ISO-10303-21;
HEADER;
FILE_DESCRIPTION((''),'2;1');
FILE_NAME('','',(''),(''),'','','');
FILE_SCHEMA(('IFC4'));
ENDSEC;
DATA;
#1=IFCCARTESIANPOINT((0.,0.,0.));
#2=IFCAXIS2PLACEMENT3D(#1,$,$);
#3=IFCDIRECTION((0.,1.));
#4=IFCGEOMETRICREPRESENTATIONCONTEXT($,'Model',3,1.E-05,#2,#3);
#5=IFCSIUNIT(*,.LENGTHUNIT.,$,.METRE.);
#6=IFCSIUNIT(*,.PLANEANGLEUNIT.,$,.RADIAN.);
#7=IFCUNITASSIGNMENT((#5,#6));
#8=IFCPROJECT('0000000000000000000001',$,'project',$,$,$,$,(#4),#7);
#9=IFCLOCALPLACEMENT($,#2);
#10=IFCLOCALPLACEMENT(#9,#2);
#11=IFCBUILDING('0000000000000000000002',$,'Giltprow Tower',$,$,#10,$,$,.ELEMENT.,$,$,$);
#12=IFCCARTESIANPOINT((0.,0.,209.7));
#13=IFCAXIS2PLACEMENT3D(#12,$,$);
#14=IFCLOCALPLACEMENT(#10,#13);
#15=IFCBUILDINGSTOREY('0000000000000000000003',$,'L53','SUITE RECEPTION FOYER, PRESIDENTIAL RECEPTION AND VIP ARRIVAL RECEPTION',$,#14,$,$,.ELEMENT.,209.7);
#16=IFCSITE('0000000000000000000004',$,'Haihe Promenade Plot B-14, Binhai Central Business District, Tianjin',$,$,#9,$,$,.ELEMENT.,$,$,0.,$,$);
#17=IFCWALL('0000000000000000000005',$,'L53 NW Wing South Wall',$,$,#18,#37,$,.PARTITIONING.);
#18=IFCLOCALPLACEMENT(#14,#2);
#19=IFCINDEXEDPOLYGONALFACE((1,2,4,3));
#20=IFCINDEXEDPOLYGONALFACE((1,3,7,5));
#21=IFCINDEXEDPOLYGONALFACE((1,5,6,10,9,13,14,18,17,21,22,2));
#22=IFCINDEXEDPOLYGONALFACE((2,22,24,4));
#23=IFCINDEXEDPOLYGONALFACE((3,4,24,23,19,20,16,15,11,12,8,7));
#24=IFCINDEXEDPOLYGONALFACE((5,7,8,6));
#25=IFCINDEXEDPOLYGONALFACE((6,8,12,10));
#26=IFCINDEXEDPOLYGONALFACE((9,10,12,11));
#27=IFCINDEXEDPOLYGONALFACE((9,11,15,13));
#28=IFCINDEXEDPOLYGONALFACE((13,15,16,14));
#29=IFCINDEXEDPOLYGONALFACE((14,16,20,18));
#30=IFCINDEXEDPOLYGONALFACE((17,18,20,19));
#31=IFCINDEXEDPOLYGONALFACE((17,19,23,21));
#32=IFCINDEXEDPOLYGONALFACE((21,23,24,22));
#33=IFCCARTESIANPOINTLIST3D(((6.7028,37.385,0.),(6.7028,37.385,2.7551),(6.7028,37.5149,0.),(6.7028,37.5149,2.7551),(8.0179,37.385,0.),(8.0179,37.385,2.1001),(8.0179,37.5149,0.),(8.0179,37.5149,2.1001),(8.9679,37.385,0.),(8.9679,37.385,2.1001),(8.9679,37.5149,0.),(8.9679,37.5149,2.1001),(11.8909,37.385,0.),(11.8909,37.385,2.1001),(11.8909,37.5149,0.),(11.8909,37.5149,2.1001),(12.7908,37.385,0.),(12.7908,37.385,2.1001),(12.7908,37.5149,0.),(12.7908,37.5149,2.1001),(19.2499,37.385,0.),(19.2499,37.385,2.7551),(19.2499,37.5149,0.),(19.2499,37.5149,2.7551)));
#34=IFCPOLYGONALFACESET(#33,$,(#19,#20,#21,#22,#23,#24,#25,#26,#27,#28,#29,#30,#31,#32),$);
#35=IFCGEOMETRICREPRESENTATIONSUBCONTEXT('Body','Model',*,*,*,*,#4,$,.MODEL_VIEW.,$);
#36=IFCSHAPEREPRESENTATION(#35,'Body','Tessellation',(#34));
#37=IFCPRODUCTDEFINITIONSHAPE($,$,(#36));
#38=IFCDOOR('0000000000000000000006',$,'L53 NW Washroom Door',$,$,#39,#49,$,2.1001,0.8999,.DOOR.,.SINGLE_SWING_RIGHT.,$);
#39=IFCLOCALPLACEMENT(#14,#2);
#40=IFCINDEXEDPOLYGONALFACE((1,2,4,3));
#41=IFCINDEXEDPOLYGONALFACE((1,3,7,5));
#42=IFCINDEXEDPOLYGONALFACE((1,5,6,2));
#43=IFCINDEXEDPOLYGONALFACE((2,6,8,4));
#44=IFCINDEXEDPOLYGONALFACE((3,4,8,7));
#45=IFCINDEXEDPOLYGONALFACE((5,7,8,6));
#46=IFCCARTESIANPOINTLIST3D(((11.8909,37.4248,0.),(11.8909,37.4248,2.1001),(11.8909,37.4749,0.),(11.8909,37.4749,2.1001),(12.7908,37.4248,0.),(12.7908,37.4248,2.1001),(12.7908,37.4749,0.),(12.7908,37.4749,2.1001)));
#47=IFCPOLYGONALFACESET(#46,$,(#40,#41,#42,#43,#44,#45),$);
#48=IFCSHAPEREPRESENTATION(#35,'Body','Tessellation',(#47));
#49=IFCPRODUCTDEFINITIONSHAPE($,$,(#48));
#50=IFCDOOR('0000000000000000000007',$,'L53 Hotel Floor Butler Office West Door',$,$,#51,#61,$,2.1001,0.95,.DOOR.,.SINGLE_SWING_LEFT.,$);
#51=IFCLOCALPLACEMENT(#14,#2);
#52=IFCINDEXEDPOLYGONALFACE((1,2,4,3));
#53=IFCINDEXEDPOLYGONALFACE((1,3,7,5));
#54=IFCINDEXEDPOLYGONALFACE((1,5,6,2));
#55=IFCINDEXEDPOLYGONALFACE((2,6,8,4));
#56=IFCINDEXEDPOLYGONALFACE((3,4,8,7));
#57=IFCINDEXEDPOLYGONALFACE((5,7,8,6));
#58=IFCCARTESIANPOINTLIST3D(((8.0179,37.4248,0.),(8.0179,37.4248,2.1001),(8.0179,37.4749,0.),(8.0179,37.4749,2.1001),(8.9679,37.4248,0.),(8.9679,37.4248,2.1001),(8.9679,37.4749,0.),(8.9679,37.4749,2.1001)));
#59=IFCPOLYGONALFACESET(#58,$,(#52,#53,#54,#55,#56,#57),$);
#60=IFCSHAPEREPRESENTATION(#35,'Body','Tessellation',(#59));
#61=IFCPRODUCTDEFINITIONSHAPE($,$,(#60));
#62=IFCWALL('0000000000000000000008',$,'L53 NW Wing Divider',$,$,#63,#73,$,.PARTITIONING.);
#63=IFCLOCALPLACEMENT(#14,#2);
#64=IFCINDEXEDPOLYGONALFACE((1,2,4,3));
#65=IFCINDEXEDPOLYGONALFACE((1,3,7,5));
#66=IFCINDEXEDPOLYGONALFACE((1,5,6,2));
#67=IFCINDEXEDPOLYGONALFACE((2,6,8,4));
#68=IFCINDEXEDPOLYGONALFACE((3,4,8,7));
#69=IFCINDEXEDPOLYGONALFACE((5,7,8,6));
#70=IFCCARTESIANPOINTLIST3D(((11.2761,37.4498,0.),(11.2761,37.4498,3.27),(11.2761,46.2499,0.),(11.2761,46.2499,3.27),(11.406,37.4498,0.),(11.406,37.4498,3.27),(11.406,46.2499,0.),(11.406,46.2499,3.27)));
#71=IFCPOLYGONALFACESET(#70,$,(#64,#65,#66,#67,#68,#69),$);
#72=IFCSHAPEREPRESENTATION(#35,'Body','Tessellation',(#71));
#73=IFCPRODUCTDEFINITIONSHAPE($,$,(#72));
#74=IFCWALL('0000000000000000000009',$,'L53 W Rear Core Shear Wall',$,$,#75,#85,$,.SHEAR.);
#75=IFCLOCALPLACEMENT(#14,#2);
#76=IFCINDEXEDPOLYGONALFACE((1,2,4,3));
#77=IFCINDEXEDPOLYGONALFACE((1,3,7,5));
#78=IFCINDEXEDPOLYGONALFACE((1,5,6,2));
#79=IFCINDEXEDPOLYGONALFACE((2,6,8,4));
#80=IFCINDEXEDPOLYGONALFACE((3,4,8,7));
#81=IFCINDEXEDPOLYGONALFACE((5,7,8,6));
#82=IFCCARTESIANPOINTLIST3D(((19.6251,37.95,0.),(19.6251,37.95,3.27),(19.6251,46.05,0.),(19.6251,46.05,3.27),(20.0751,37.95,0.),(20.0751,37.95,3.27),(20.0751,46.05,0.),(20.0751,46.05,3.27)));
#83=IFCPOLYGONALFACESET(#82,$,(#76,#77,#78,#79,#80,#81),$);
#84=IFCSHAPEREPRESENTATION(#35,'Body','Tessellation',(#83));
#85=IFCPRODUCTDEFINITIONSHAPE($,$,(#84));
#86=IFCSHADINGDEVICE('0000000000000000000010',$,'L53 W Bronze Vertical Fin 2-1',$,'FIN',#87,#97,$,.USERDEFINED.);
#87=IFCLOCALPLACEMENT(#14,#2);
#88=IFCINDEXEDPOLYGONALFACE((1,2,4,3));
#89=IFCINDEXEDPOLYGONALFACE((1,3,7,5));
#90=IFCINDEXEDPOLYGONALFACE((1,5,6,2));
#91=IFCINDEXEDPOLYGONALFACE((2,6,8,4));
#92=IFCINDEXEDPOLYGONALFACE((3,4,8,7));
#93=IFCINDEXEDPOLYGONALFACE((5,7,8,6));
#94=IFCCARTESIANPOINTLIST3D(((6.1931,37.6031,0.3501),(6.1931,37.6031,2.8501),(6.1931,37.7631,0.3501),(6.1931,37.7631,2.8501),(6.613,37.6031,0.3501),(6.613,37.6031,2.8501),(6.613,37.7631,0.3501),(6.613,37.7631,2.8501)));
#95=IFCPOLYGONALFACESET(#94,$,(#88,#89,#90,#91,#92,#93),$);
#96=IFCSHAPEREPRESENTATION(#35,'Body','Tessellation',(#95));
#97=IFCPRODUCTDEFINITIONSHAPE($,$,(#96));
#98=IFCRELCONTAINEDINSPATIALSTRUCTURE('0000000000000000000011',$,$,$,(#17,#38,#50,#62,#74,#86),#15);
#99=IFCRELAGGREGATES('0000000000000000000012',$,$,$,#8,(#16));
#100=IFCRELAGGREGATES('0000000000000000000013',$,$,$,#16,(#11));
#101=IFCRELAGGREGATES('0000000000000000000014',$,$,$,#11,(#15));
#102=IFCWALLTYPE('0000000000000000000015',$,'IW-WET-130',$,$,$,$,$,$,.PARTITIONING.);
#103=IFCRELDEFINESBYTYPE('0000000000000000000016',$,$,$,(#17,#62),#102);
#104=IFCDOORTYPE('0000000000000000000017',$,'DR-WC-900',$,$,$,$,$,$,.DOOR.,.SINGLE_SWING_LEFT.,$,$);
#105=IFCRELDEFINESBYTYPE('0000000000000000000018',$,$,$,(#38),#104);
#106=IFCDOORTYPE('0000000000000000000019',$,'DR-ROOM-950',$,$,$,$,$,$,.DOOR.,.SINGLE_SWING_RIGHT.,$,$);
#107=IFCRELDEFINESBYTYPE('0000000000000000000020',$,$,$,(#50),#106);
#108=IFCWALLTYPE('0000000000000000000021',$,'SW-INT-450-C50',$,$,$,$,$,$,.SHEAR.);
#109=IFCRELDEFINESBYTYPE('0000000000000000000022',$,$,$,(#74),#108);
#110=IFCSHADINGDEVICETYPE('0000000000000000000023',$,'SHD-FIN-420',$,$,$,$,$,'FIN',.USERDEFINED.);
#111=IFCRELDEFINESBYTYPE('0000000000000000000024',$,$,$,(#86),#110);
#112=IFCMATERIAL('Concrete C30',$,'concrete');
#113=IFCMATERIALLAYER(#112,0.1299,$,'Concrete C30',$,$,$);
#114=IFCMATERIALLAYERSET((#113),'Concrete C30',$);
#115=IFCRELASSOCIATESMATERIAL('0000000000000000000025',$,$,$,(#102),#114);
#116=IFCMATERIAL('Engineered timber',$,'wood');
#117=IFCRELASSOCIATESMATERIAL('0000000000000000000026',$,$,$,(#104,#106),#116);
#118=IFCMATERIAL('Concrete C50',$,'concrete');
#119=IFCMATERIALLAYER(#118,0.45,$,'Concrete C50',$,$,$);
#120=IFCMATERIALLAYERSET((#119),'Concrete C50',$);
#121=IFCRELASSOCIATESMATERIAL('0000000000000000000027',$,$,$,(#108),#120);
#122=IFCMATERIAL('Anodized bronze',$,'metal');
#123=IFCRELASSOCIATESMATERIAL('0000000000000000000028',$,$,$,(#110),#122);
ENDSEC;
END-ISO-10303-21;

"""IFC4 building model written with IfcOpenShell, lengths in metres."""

from ifc_helpers import new_model, si_unit, direction, frame, frame_2d, origin, origin_2d, place, context, subcontext, project, spatial, rectangle, extrude, source, transform, mapped, material, layer, layer_set, type_object, element, fill, save


model = new_model("IFC4")

# Units and contexts
model_context = context("Model", 3, precision=1e-05, world=origin(), true_north=direction((0.0, 1.0)))
body_context = subcontext(model_context, "Body", "Model", "MODEL_VIEW")
ifc_project = project(units=[si_unit("LENGTHUNIT", "METRE"), si_unit("PLANEANGLEUNIT", "RADIAN")], contexts=[model_context])

# Site, building, storey
site_placement = place(None, origin())
site = spatial("IfcSite", under=ifc_project, at=site_placement, Name="Haihe Promenade Plot B-14, Binhai Central Business District, Tianjin", CompositionType="ELEMENT", RefElevation=0.0)
building_placement = place(site_placement, origin())
building = spatial("IfcBuilding", under=site, at=building_placement, Name="Giltprow Tower", CompositionType="ELEMENT")
storey_placement = place(building_placement, frame((0.0, 0.0, 209.7)))
storey = spatial("IfcBuildingStorey", under=building, at=storey_placement, Name="L53", Description="SUITE RECEPTION FOYER, PRESIDENTIAL RECEPTION AND VIP ARRIVAL RECEPTION", CompositionType="ELEMENT", Elevation=209.7)

# Shared definitions
ifc_material_1 = material(Name="Concrete C50", Category="concrete")

# Shared definitions
ifc_material_2 = material(Name="Engineered timber", Category="wood")

# Wall, openings, doors
ifc_material_3 = material(Name="Concrete C30", Category="concrete")
ifc_layer_1 = layer(ifc_material_3, 0.1299, Name="Concrete C30")
ifc_layer_set_1 = layer_set([ifc_layer_1], Name="Concrete C30")
wall_type_1 = type_object("IfcWallType", Name="IW-WET-130", PredefinedType="PARTITIONING", material=ifc_layer_set_1)
wall_1_placement = place(storey_placement, frame((6.7029, 37.45, 0.0), z_axis=(0.0, 0.0, 1.0), x_axis=(1.0, 0.0, 0.0)))
wall_1 = element("IfcWall", 1, at=wall_1_placement, inside=storey, type_object=wall_type_1, Name="L53 NW Wing South Wall", PredefinedType="PARTITIONING", context=body_context, shape_type="SweptSolid", body=[
    extrude(rectangle(XDim=12.5471, YDim=0.1299, at=frame_2d((6.2734, 0.0))), origin(), (0.0, 0.0, 1.0), 2.7551),
])
opening_1_placement = place(wall_1_placement, frame((1.3149, 0.0, 0.0)))
opening_1 = element("IfcOpeningElement", 2, at=opening_1_placement, cuts=wall_1, PredefinedType="OPENING", context=body_context, shape_type="SweptSolid", body=[
    extrude(rectangle(XDim=0.95, YDim=2.1001, at=frame_2d((0.4751, 1.05))), frame((0.0, 0.075, 0.0), z_axis=(0.0, -1.0, 0.0), x_axis=(1.0, 0.0, 0.0)), (0.0, 0.0, 1.0), 0.1499),
])
opening_2_placement = place(wall_1_placement, frame((5.188, 0.0, 0.0)))
opening_2 = element("IfcOpeningElement", 3, at=opening_2_placement, cuts=wall_1, PredefinedType="OPENING", context=body_context, shape_type="SweptSolid", body=[
    extrude(rectangle(XDim=0.8999, YDim=2.1001, at=frame_2d((0.45, 1.05))), frame((0.0, 0.075, 0.0), z_axis=(0.0, -1.0, 0.0), x_axis=(1.0, 0.0, 0.0)), (0.0, 0.0, 1.0), 0.1499),
])
door_type_1 = type_object("IfcDoorType", Name="DR-WC-900", OperationType="SINGLE_SWING_LEFT", PredefinedType="DOOR", material=ifc_material_2)
shared_shape_1 = source(origin(), body_context, "Body", "SweptSolid", [
    extrude(rectangle(XDim=0.8999, YDim=2.1001, at=frame_2d((0.45, 1.05))), frame((0.0, 0.0249, 0.0), z_axis=(0.0, -1.0, 0.0), x_axis=(1.0, 0.0, 0.0)), (0.0, 0.0, 1.0), 0.05),
])
door_1_placement = place(opening_2_placement, origin())
door_1 = element("IfcDoor", 4, at=door_1_placement, inside=storey, type_object=door_type_1, Name="L53 NW Washroom Door", OperationType="SINGLE_SWING_RIGHT", OverallHeight=2.1001, OverallWidth=0.8999, PredefinedType="DOOR", context=body_context, shape_type="MappedRepresentation", body=[
    mapped(shared_shape_1, transform((0.0, 0.0, 0.0), x_axis=(1.0, 0.0, 0.0), y_axis=(0.0, 1.0, 0.0), z_axis=(0.0, 0.0, 1.0), scale=1.0)),
])
fill(opening_2, door_1)
door_type_2 = type_object("IfcDoorType", Name="DR-ROOM-950", OperationType="SINGLE_SWING_RIGHT", PredefinedType="DOOR", material=ifc_material_2)
shared_shape_2 = source(origin(), body_context, "Body", "SweptSolid", [
    extrude(rectangle(XDim=0.95, YDim=2.1001, at=frame_2d((0.4751, 1.05))), frame((0.0, 0.0249, 0.0), z_axis=(0.0, -1.0, 0.0), x_axis=(1.0, 0.0, 0.0)), (0.0, 0.0, 1.0), 0.05),
])
door_2_placement = place(opening_1_placement, origin())
door_2 = element("IfcDoor", 5, at=door_2_placement, inside=storey, type_object=door_type_2, Name="L53 Hotel Floor Butler Office West Door", OperationType="SINGLE_SWING_LEFT", OverallHeight=2.1001, OverallWidth=0.95, PredefinedType="DOOR", context=body_context, shape_type="MappedRepresentation", body=[
    mapped(shared_shape_2, transform((0.0, 0.0, 0.0), x_axis=(1.0, 0.0, 0.0), y_axis=(0.0, 1.0, 0.0), z_axis=(0.0, 0.0, 1.0), scale=1.0)),
])
fill(opening_1, door_2)

# Walls
wall_2_placement = place(storey_placement, frame((11.3411, 37.45, 0.0), z_axis=(0.0, 0.0, 1.0), x_axis=(0.0, 1.0, 0.0)))
element("IfcWall", 6, at=wall_2_placement, inside=storey, type_object=wall_type_1, Name="L53 NW Wing Divider", PredefinedType="PARTITIONING", context=body_context, shape_type="SweptSolid", body=[
    extrude(rectangle(XDim=8.8, YDim=0.1299, at=frame_2d((4.3999, 0.0))), origin(), (0.0, 0.0, 1.0), 3.27),
])
ifc_layer_2 = layer(ifc_material_1, 0.45, Name="Concrete C50")
ifc_layer_set_2 = layer_set([ifc_layer_2], Name="Concrete C50")
wall_type_2 = type_object("IfcWallType", Name="SW-INT-450-C50", PredefinedType="SHEAR", material=ifc_layer_set_2)
wall_3_placement = place(storey_placement, frame((19.8501, 37.95, 0.0), z_axis=(0.0, 0.0, 1.0), x_axis=(0.0, 1.0, 0.0)))
element("IfcWall", 7, at=wall_3_placement, inside=storey, type_object=wall_type_2, Name="L53 W Rear Core Shear Wall", PredefinedType="SHEAR", context=body_context, shape_type="SweptSolid", body=[
    extrude(rectangle(XDim=8.1001, YDim=0.45, at=frame_2d((4.05, 0.0))), origin(), (0.0, 0.0, 1.0), 3.27),
])

# Shading device
ifc_material_4 = material(Name="Anodized bronze", Category="metal")
shading_device_type = type_object("IfcShadingDeviceType", Name="SHD-FIN-420", ElementType="FIN", PredefinedType="USERDEFINED", material=ifc_material_4)
shared_shape_3 = source(origin(), body_context, "Body", "SweptSolid", [
    extrude(rectangle(XDim=0.4199, YDim=0.1599, at=origin_2d()), origin(), (0.0, 0.0, 1.0), 2.5),
])
shading_device_placement = place(storey_placement, frame((6.4031, 37.6831, 0.3501), z_axis=(0.0, 0.0, 1.0), x_axis=(1.0, 0.0, 0.0)))
element("IfcShadingDevice", 8, at=shading_device_placement, inside=storey, type_object=shading_device_type, Name="L53 W Bronze Vertical Fin 2-1", ObjectType="FIN", PredefinedType="USERDEFINED", context=body_context, shape_type="MappedRepresentation", body=[
    mapped(shared_shape_3, transform((0.0, 0.0, 0.0), x_axis=(1.0, 0.0, 0.0), y_axis=(0.0, 1.0, 0.0), z_axis=(0.0, 0.0, 1.0), scale=1.0)),
])

save(model, "model.ifc")
